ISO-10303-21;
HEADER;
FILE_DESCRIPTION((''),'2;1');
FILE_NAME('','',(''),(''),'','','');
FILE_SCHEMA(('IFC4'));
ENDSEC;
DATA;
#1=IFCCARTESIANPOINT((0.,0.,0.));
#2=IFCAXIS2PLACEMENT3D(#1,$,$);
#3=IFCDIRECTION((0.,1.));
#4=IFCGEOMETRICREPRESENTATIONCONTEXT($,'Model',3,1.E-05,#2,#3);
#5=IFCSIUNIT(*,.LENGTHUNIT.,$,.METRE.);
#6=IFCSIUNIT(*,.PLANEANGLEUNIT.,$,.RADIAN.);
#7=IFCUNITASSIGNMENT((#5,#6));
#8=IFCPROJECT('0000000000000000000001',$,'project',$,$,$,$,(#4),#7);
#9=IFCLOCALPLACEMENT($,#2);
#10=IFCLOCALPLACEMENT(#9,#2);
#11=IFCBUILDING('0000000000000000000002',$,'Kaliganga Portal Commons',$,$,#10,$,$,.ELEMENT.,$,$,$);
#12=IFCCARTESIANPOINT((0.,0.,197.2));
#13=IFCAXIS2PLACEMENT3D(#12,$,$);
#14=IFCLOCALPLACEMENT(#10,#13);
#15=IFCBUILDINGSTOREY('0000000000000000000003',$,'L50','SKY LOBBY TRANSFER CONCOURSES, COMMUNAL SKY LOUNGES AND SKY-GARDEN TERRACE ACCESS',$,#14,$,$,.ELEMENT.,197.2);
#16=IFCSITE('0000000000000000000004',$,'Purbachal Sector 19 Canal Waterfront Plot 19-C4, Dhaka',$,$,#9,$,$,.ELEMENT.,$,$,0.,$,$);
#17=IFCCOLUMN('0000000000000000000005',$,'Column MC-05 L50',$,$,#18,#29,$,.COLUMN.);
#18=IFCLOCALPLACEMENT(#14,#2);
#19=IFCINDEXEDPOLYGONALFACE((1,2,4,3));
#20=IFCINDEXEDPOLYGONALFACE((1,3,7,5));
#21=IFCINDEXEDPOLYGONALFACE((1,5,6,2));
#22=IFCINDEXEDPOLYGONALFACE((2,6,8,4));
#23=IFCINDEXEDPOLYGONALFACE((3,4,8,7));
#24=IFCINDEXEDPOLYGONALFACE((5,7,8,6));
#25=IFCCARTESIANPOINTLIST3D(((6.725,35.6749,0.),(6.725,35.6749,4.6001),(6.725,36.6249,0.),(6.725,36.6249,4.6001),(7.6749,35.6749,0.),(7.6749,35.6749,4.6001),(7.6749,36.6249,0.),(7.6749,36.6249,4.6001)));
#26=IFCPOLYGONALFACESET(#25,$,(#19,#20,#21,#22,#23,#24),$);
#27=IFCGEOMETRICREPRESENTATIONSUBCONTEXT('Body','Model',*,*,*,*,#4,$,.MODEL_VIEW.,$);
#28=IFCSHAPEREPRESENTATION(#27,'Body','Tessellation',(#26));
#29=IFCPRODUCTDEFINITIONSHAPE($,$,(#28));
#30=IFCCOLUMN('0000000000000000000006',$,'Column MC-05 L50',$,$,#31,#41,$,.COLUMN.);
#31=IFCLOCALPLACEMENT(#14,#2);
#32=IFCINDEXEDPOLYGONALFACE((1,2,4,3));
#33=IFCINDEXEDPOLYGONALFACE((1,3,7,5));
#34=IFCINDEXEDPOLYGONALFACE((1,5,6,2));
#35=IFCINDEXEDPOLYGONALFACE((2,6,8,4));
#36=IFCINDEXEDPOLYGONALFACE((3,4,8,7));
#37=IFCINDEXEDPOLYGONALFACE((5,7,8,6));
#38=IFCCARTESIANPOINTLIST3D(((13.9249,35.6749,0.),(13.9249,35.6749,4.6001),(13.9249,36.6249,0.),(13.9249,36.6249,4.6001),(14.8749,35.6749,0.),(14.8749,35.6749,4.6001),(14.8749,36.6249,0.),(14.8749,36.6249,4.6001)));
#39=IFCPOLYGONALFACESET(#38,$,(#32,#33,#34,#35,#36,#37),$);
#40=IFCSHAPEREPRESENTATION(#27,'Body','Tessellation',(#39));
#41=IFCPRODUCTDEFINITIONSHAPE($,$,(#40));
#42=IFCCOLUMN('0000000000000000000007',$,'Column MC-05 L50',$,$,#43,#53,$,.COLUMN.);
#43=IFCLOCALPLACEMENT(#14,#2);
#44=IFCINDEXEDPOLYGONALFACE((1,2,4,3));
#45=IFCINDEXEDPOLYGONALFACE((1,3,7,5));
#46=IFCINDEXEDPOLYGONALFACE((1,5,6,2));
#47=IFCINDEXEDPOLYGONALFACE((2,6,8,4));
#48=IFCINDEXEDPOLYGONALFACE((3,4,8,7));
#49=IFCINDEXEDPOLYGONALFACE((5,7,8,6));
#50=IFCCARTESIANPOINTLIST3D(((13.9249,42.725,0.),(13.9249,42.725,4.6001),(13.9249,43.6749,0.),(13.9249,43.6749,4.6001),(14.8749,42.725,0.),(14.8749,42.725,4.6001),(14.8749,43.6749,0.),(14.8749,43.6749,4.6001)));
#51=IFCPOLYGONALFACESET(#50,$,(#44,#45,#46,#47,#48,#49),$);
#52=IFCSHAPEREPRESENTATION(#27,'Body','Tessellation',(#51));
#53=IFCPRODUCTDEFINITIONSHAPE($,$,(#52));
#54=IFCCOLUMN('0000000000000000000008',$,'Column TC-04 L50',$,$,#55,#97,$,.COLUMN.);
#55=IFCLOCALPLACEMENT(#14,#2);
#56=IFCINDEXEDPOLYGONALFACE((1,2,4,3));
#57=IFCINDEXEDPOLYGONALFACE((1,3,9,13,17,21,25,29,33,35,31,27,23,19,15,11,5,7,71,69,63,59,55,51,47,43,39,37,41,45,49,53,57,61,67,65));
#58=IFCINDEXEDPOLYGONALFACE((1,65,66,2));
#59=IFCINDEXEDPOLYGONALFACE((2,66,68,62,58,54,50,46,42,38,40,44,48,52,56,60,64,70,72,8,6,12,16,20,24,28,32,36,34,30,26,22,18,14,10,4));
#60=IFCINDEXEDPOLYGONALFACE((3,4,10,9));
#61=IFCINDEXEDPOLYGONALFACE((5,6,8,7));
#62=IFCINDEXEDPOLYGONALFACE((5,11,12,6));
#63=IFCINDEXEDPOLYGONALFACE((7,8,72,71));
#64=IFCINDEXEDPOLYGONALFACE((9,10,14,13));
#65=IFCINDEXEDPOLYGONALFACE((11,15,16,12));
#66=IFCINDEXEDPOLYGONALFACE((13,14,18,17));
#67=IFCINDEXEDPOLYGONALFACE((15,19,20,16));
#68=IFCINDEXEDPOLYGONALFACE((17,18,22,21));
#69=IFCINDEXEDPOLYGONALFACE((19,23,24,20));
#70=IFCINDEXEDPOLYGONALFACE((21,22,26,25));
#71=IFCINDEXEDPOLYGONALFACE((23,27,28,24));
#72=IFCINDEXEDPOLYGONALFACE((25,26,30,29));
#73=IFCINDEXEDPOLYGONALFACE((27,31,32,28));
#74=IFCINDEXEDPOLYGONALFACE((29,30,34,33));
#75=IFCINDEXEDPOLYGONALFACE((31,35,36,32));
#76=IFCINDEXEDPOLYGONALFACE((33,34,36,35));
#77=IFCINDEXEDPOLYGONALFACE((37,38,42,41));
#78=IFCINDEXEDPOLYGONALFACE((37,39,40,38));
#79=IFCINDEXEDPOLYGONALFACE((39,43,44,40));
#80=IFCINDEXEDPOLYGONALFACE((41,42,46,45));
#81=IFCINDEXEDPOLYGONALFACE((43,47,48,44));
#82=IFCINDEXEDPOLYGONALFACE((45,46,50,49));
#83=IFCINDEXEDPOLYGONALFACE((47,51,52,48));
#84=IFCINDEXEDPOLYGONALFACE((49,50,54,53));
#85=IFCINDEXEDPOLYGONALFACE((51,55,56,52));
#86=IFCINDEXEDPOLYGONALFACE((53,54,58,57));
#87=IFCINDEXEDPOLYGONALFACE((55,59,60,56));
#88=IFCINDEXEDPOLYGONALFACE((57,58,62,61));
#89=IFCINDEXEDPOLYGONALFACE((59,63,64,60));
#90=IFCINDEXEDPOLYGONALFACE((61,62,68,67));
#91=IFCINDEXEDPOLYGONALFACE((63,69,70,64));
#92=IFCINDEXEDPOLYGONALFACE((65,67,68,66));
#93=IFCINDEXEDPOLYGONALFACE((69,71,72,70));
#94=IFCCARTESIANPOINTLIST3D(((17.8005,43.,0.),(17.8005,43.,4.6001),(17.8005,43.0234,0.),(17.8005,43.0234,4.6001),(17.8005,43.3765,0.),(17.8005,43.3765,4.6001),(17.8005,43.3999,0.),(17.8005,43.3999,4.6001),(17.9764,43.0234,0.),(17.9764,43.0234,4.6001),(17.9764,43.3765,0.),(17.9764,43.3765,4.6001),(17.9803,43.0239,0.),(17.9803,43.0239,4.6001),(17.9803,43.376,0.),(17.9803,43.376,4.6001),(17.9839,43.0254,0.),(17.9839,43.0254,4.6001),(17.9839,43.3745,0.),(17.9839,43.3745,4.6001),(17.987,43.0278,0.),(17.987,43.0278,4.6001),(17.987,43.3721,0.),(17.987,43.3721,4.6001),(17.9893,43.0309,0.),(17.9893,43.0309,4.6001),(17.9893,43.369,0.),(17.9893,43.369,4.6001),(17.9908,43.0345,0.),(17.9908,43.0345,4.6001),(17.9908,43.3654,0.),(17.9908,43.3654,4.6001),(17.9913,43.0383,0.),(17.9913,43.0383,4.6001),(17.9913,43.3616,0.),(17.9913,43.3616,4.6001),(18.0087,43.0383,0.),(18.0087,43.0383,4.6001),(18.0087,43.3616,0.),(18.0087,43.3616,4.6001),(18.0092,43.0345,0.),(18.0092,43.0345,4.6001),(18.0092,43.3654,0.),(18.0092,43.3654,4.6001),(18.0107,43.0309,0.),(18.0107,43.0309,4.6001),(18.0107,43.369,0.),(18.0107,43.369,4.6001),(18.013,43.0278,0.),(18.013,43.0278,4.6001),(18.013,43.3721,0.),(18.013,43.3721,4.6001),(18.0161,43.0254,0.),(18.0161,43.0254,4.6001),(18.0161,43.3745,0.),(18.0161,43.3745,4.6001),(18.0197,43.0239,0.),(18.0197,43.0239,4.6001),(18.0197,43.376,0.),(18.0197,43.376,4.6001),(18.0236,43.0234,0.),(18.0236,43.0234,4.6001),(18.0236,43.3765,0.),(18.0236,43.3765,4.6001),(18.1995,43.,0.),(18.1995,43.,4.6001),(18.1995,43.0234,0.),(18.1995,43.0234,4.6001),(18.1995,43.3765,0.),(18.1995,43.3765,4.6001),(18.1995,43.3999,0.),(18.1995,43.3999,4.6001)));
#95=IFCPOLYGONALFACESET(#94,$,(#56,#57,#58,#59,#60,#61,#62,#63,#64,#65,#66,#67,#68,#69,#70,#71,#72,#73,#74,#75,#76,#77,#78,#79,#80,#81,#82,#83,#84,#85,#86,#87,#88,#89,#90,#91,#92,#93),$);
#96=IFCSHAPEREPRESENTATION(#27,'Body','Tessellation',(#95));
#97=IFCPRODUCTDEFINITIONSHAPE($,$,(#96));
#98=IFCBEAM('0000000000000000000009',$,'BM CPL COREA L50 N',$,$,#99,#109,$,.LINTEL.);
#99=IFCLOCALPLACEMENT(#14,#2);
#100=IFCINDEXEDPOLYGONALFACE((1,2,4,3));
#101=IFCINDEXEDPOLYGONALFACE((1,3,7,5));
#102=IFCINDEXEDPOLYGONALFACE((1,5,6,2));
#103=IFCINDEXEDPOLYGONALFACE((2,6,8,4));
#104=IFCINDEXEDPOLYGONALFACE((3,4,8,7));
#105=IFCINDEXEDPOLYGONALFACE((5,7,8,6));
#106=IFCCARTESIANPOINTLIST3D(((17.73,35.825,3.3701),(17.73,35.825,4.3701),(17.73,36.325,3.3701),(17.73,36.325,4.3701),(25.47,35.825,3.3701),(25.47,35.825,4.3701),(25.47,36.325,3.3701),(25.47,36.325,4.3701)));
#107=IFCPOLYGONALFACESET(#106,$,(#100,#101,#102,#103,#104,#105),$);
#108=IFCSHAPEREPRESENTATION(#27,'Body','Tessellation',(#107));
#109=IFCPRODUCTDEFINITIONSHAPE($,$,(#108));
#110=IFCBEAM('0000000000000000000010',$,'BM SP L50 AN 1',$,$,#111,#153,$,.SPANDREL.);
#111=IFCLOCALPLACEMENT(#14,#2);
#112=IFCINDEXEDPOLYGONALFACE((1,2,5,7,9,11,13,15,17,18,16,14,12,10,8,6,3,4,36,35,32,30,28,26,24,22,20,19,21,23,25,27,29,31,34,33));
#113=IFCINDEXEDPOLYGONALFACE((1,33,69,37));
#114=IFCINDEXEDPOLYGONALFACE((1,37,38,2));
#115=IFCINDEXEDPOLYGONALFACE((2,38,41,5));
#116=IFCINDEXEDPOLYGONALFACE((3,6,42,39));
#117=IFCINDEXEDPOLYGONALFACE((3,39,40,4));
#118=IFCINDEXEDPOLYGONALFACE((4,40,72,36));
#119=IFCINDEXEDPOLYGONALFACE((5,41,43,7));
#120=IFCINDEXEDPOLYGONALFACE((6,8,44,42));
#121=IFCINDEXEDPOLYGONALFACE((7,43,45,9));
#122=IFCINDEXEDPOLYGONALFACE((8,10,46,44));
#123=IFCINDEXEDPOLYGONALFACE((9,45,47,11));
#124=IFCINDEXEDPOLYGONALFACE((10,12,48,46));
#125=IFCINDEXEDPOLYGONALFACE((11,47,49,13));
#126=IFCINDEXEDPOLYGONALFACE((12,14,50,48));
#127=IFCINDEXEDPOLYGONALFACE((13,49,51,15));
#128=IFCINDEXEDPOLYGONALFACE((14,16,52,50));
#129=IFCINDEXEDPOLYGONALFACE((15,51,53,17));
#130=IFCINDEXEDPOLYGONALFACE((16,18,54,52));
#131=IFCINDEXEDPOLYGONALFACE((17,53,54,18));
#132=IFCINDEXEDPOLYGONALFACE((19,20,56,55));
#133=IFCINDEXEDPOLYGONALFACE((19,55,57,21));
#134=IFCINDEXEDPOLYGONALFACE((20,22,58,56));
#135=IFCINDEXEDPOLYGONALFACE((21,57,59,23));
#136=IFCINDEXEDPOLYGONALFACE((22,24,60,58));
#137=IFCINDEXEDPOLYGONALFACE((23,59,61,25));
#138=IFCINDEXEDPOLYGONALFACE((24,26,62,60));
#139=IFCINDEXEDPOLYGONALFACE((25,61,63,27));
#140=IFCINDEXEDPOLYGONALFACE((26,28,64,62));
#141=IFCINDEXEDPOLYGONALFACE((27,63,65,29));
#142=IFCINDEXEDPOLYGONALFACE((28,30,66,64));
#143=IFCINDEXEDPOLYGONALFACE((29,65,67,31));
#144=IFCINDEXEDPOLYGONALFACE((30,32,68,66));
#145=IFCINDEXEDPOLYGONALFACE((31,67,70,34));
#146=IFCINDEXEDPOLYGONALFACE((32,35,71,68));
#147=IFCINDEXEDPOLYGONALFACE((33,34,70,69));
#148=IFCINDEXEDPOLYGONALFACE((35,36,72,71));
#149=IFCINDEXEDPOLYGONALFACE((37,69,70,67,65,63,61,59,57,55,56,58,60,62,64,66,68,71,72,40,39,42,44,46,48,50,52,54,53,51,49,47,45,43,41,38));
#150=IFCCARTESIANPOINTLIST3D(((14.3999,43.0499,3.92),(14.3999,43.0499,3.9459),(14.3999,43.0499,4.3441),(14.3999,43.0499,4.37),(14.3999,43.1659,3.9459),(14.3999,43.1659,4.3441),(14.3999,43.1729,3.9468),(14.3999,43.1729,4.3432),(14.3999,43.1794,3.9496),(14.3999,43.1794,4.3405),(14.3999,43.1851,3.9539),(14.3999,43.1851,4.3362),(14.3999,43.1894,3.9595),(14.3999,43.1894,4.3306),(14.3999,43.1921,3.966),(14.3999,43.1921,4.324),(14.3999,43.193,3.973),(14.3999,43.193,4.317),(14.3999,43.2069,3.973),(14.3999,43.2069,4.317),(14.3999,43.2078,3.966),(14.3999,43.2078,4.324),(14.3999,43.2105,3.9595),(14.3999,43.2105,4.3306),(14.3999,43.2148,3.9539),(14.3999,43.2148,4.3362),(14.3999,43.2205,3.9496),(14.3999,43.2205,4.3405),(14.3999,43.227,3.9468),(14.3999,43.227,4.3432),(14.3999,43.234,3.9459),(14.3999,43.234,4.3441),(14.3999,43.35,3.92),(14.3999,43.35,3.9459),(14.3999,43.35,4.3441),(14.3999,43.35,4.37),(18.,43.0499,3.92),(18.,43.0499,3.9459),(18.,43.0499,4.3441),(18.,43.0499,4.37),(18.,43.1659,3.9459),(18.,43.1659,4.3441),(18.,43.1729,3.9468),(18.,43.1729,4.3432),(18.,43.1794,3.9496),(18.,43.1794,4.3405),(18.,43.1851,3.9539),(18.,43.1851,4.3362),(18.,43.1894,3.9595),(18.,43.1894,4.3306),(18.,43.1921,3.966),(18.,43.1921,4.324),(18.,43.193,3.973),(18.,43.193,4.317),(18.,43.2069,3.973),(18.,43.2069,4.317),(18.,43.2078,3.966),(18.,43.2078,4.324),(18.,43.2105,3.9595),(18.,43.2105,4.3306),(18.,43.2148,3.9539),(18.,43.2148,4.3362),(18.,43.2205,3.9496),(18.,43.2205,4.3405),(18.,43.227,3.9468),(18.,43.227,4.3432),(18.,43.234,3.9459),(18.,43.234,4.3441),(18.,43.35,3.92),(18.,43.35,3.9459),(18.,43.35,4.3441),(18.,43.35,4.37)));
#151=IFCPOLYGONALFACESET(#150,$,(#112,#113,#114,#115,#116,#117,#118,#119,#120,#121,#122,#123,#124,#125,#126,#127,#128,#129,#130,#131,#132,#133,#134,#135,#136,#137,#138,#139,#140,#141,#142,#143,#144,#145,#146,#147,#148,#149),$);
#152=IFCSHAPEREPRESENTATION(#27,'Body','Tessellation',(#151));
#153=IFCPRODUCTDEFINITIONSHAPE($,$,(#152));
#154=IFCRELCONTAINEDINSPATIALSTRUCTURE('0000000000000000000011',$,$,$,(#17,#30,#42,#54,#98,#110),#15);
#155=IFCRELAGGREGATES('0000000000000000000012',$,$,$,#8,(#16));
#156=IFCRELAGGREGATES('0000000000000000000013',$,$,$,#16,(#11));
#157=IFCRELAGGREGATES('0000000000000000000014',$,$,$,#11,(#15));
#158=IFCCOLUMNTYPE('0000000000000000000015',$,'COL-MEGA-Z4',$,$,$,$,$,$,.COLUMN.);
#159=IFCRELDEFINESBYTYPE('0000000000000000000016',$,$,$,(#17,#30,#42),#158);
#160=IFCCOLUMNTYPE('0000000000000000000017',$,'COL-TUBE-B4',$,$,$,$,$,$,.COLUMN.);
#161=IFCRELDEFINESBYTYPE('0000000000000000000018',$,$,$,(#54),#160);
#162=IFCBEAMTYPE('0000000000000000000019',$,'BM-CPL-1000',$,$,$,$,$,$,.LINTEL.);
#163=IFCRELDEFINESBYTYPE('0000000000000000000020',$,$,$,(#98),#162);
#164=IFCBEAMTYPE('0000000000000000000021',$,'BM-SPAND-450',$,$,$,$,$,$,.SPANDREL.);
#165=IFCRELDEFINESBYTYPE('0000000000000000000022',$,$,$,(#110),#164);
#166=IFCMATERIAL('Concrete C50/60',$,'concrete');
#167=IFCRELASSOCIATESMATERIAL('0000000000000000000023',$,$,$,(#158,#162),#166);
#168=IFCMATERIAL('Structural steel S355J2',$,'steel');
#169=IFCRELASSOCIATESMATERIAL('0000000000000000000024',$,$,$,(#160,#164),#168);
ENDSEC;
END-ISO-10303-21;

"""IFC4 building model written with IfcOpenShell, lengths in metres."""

from ifc_helpers import new_model, si_unit, direction, frame, origin, origin_2d, place, context, subcontext, project, spatial, rectangle, i_section, extrude, source, transform, mapped, material, material_profile, profile_set, type_object, element, save


model = new_model("IFC4")

# Units and contexts
model_context = context("Model", 3, precision=1e-05, world=origin(), true_north=direction((0.0, 1.0)))
body_context = subcontext(model_context, "Body", "Model", "MODEL_VIEW")
ifc_project = project(units=[si_unit("LENGTHUNIT", "METRE"), si_unit("PLANEANGLEUNIT", "RADIAN")], contexts=[model_context])

# Site, building, storey
site_placement = place(None, origin())
site = spatial("IfcSite", under=ifc_project, at=site_placement, Name="Purbachal Sector 19 Canal Waterfront Plot 19-C4, Dhaka", CompositionType="ELEMENT", RefElevation=0.0)
building_placement = place(site_placement, origin())
building = spatial("IfcBuilding", under=site, at=building_placement, Name="Kaliganga Portal Commons", CompositionType="ELEMENT")
storey_placement = place(building_placement, frame((0.0, 0.0, 197.2)))
storey = spatial("IfcBuildingStorey", under=building, at=storey_placement, Name="L50", Description="SKY LOBBY TRANSFER CONCOURSES, COMMUNAL SKY LOUNGES AND SKY-GARDEN TERRACE ACCESS", CompositionType="ELEMENT", Elevation=197.2)

# Columns
ifc_material_1 = material(Name="Concrete C50/60", Category="concrete")
ifc_material_profile_1 = material_profile(ifc_material_1, rectangle(XDim=0.95, YDim=0.95, at=origin_2d()), Name="RC 950x950")
ifc_profile_set_1 = profile_set([ifc_material_profile_1], Name="Concrete C50/60")
column_type_1 = type_object("IfcColumnType", Name="COL-MEGA-Z4", PredefinedType="COLUMN", material=ifc_profile_set_1)
shared_shape_1 = source(origin(), body_context, "Body", "SweptSolid", [
    extrude(rectangle(XDim=0.95, YDim=0.95, at=origin_2d()), origin(), (0.0, 0.0, 1.0), 4.6001),
])
for number, where, z_axis, x_axis, name in (
    (1, (7.2, 36.1499, 0.0), (0.0, 0.0, 1.0), (1.0, 0.0, 0.0), "Column MC-05 L50"),
    (2, (14.3999, 36.1499, 0.0), (0.0, 0.0, 1.0), (1.0, 0.0, 0.0), "Column MC-05 L50"),
    (3, (14.3999, 43.2, 0.0), (0.0, 0.0, 1.0), (1.0, 0.0, 0.0), "Column MC-05 L50"),
):
    element("IfcColumn", number, at=place(storey_placement, frame(where, z_axis=z_axis, x_axis=x_axis)), inside=storey, type_object=column_type_1, Name=name, PredefinedType="COLUMN", context=body_context, shape_type="MappedRepresentation", body=[
        mapped(shared_shape_1, transform((0.0, 0.0, 0.0), x_axis=(1.0, 0.0, 0.0), y_axis=(0.0, 1.0, 0.0), z_axis=(0.0, 0.0, 1.0), scale=1.0)),
    ])
ifc_material_2 = material(Name="Structural steel S355J2", Category="steel")
ifc_material_profile_2 = material_profile(ifc_material_2, i_section(OverallWidth=0.3989, OverallDepth=0.3999, WebThickness=0.0173, FlangeThickness=0.0234, FilletRadius=0.0149, at=origin_2d()), Name="HD 400x287")
ifc_profile_set_2 = profile_set([ifc_material_profile_2], Name="Structural steel S355J2 wide-flange")
column_type_2 = type_object("IfcColumnType", Name="COL-TUBE-B4", PredefinedType="COLUMN", material=ifc_profile_set_2)
shared_shape_2 = source(origin(), body_context, "Body", "SweptSolid", [
    extrude(i_section(OverallWidth=0.3989, OverallDepth=0.3999, WebThickness=0.0173, FlangeThickness=0.0234, FilletRadius=0.0149, at=origin_2d()), origin(), (0.0, 0.0, 1.0), 4.6001),
])
column_placement = place(storey_placement, frame((18.0, 43.2, 0.0), z_axis=(0.0, 0.0, 1.0), x_axis=(1.0, 0.0, 0.0)))
element("IfcColumn", 4, at=column_placement, inside=storey, type_object=column_type_2, Name="Column TC-04 L50", PredefinedType="COLUMN", context=body_context, shape_type="MappedRepresentation", body=[
    mapped(shared_shape_2, transform((0.0, 0.0, 0.0), x_axis=(1.0, 0.0, 0.0), y_axis=(0.0, 1.0, 0.0), z_axis=(0.0, 0.0, 1.0), scale=1.0)),
])

# Beams
ifc_material_profile_3 = material_profile(ifc_material_1, rectangle(XDim=0.5, YDim=1.0, at=origin_2d()), Name="RC 500x1000")
ifc_profile_set_3 = profile_set([ifc_material_profile_3], Name="Concrete C50/60")
beam_type_1 = type_object("IfcBeamType", Name="BM-CPL-1000", PredefinedType="LINTEL", material=ifc_profile_set_3)
shared_shape_3 = source(origin(), body_context, "Body", "SweptSolid", [
    extrude(rectangle(XDim=0.5, YDim=1.0, at=origin_2d()), origin(), (0.0, 0.0, 1.0), 7.74),
])
beam_1_placement = place(storey_placement, frame((17.73, 36.075, 3.8701), z_axis=(1.0, 0.0, 0.0), x_axis=(0.0, 1.0, 0.0)))
element("IfcBeam", 5, at=beam_1_placement, inside=storey, type_object=beam_type_1, Name="BM CPL COREA L50 N", PredefinedType="LINTEL", context=body_context, shape_type="MappedRepresentation", body=[
    mapped(shared_shape_3, transform((0.0, 0.0, 0.0), x_axis=(1.0, 0.0, 0.0), y_axis=(0.0, 1.0, 0.0), z_axis=(0.0, 0.0, 1.0), scale=1.0)),
])
ifc_material_profile_4 = material_profile(ifc_material_2, i_section(OverallWidth=0.3, OverallDepth=0.45, WebThickness=0.0139, FlangeThickness=0.0259, FilletRadius=0.0271, at=origin_2d()), Name="HE 450 B")
ifc_profile_set_4 = profile_set([ifc_material_profile_4], Name="Structural steel S355J2 wide-flange")
beam_type_2 = type_object("IfcBeamType", Name="BM-SPAND-450", PredefinedType="SPANDREL", material=ifc_profile_set_4)
shared_shape_4 = source(origin(), body_context, "Body", "SweptSolid", [
    extrude(i_section(OverallWidth=0.3, OverallDepth=0.45, WebThickness=0.0139, FlangeThickness=0.0259, FilletRadius=0.0271, at=origin_2d()), origin(), (0.0, 0.0, 1.0), 3.6001),
])
for number, where, z_axis, x_axis, name in (
    (6, (14.3999, 43.2, 4.145), (1.0, 0.0, 0.0), (0.0, 1.0, 0.0), "BM SP L50 AN 1"),
):
    element("IfcBeam", number, at=place(storey_placement, frame(where, z_axis=z_axis, x_axis=x_axis)), inside=storey, type_object=beam_type_2, Name=name, PredefinedType="SPANDREL", context=body_context, shape_type="MappedRepresentation", body=[
        mapped(shared_shape_4, transform((0.0, 0.0, 0.0), x_axis=(1.0, 0.0, 0.0), y_axis=(0.0, 1.0, 0.0), z_axis=(0.0, 0.0, 1.0), scale=1.0)),
    ])

save(model, "model.ifc")
